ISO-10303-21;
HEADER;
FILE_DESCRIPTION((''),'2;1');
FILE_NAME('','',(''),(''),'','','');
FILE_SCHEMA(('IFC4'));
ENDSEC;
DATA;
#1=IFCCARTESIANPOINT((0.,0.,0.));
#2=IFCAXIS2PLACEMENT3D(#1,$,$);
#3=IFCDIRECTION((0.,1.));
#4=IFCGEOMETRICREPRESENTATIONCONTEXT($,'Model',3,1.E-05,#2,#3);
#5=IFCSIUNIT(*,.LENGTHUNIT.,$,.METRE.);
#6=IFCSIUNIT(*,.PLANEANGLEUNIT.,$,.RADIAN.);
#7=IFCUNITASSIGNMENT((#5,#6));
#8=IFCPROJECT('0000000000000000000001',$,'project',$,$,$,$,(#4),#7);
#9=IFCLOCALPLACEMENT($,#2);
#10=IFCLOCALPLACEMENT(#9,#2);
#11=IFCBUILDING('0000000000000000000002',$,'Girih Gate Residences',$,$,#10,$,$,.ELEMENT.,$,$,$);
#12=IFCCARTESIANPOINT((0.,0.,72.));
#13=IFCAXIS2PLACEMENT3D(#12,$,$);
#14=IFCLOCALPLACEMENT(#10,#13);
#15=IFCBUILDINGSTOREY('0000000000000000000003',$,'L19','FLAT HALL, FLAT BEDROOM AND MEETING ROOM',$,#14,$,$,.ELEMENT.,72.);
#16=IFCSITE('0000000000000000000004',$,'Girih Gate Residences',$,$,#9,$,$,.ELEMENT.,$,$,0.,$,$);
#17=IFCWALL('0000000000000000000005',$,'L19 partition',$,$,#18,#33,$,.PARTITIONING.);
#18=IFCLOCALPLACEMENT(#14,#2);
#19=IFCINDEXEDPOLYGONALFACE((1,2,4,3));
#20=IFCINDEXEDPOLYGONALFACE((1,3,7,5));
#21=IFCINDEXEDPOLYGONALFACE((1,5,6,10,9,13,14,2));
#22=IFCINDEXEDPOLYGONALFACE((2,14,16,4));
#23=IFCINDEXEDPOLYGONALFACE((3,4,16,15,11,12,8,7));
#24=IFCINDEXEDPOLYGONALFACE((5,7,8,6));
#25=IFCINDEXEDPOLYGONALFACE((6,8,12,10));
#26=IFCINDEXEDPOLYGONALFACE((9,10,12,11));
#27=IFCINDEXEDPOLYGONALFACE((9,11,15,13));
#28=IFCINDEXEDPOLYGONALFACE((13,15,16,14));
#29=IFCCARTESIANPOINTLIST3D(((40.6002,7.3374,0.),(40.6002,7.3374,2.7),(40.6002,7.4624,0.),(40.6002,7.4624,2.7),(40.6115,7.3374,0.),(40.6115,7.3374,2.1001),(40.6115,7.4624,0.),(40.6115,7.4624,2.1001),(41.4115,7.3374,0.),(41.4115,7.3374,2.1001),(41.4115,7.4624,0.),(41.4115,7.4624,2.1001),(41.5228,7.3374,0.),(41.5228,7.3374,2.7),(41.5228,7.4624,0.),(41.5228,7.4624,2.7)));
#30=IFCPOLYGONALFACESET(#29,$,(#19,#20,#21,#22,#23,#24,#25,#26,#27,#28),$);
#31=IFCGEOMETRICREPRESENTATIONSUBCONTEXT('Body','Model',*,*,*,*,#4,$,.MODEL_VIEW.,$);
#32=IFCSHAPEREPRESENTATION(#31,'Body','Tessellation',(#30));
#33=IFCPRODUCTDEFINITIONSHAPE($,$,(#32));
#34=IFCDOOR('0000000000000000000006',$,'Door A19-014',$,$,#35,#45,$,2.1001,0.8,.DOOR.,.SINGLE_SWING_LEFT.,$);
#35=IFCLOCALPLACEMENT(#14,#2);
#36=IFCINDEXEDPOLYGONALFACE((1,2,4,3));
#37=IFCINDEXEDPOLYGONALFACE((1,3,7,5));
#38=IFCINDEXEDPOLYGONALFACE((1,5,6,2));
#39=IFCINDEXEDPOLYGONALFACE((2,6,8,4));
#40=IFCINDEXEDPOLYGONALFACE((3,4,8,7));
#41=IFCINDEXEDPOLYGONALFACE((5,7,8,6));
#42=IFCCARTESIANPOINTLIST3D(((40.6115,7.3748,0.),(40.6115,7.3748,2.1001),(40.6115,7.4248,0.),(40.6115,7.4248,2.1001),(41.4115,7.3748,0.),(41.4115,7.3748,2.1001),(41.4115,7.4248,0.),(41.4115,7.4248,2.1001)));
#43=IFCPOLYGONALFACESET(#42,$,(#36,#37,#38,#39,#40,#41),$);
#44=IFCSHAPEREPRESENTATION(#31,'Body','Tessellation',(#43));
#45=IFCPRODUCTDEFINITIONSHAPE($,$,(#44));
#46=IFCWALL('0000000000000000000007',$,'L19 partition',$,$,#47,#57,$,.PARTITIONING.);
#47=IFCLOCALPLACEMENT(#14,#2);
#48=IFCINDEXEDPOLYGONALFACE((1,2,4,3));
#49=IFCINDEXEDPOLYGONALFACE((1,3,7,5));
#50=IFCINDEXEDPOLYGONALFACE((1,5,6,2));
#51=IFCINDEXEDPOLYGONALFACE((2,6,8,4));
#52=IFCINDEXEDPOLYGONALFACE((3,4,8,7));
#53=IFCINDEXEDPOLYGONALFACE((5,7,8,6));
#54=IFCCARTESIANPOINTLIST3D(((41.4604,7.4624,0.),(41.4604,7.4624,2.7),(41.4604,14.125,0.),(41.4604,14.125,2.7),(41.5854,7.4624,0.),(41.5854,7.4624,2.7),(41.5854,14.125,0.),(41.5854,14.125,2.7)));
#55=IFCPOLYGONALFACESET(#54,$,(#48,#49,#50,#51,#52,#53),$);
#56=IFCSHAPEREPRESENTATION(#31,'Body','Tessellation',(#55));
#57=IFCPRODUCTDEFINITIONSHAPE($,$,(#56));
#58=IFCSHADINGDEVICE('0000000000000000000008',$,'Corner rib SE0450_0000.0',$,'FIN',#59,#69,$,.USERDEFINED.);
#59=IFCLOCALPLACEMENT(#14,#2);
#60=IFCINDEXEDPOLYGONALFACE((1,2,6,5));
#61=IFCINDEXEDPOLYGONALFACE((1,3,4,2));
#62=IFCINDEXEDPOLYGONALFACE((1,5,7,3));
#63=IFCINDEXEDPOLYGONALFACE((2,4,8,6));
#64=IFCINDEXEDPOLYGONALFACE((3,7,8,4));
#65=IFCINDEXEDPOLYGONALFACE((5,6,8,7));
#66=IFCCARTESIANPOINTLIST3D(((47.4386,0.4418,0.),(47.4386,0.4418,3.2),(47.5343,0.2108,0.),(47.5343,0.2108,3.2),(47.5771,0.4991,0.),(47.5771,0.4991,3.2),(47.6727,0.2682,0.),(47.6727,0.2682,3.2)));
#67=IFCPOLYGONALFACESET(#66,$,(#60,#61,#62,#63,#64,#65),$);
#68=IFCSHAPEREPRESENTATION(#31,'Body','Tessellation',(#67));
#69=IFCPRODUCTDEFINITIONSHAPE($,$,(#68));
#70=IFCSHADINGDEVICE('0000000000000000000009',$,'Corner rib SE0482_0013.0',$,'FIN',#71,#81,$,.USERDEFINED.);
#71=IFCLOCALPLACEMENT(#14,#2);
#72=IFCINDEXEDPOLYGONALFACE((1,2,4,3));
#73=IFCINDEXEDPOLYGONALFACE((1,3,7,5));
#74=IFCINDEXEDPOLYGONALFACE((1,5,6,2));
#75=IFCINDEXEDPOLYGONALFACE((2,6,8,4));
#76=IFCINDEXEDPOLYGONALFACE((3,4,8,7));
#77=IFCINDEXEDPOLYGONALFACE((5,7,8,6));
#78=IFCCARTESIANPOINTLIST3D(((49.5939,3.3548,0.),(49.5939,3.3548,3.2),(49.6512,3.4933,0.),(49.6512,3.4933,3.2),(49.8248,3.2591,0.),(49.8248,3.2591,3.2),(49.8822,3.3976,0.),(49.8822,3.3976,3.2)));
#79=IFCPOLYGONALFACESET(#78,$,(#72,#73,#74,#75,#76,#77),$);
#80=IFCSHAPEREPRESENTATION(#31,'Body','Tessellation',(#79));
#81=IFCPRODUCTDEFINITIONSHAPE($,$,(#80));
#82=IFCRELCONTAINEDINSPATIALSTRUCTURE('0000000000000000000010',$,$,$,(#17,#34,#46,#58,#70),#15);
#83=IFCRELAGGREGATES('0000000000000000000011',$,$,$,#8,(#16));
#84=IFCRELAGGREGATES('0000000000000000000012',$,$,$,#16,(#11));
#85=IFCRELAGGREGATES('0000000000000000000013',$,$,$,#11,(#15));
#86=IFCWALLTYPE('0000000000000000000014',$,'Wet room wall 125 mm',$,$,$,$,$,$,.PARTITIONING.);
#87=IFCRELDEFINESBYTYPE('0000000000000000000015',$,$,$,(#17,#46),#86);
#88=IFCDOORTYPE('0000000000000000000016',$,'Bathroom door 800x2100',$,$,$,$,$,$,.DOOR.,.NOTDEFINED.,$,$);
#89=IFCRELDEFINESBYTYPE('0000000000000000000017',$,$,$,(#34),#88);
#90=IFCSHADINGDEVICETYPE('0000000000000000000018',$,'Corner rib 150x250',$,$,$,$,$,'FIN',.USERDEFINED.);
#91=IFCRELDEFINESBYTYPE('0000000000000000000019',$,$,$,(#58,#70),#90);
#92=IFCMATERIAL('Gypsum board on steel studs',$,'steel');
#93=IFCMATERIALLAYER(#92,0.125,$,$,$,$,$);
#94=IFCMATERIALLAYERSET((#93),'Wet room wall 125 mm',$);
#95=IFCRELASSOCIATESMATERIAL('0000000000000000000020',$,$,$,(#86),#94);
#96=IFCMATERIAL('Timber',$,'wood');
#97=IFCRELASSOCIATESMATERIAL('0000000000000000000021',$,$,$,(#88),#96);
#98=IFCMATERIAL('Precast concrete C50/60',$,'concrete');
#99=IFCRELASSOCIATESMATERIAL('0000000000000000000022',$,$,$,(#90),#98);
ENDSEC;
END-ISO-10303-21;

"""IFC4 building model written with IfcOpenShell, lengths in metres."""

from ifc_helpers import new_model, si_unit, direction, frame, frame_2d, origin, origin_2d, place, context, subcontext, project, spatial, rectangle, extrude, material, layer, layer_set, type_object, element, fill, save


model = new_model("IFC4")

# Units and contexts
model_context = context("Model", 3, precision=1e-05, world=origin(), true_north=direction((0.0, 1.0)))
body_context = subcontext(model_context, "Body", "Model", "MODEL_VIEW")
ifc_project = project(units=[si_unit("LENGTHUNIT", "METRE"), si_unit("PLANEANGLEUNIT", "RADIAN")], contexts=[model_context])

# Site, building, storey
site_placement = place(None, origin())
site = spatial("IfcSite", under=ifc_project, at=site_placement, Name="Girih Gate Residences", CompositionType="ELEMENT", RefElevation=0.0)
building_placement = place(site_placement, origin())
building = spatial("IfcBuilding", under=site, at=building_placement, Name="Girih Gate Residences", CompositionType="ELEMENT")
storey_placement = place(building_placement, frame((0.0, 0.0, 72.0)))
storey = spatial("IfcBuildingStorey", under=building, at=storey_placement, Name="L19", Description="FLAT HALL, FLAT BEDROOM AND MEETING ROOM", CompositionType="ELEMENT", Elevation=72.0)

# Shared definitions
ifc_material_1 = material(Name="Gypsum board on steel studs", Category="steel")
ifc_material_2 = material(Name="Timber", Category="wood")

# Shared definitions
ifc_material_3 = material(Name="Precast concrete C50/60", Category="concrete")

# Wall, opening, door
ifc_layer_1 = layer(ifc_material_1, 0.125)
ifc_layer_set_1 = layer_set([ifc_layer_1], Name="Wet room wall 125 mm")
wall_type_1 = type_object("IfcWallType", Name="Wet room wall 125 mm", PredefinedType="PARTITIONING", material=ifc_layer_set_1)
wall_1_placement = place(storey_placement, frame((40.6001, 7.3999, 0.0), z_axis=(0.0, 0.0, 1.0), x_axis=(1.0, 0.0, 0.0)))
wall_1 = element("IfcWall", 1, at=wall_1_placement, inside=storey, type_object=wall_type_1, Name="L19 partition", PredefinedType="PARTITIONING", context=body_context, shape_type="SweptSolid", body=[
    extrude(rectangle(XDim=0.9226, YDim=0.125, at=frame_2d((0.4614, 0.0))), origin(), (0.0, 0.0, 1.0), 2.7),
])
opening_1_placement = place(wall_1_placement, frame((0.0115, 0.0, 0.0)))
opening_1 = element("IfcOpeningElement", 2, at=opening_1_placement, cuts=wall_1, PredefinedType="OPENING", context=body_context, shape_type="SweptSolid", body=[
    extrude(rectangle(XDim=0.8, YDim=2.1001, at=frame_2d((0.3999, 1.05))), frame((0.0, 0.0725, 0.0), z_axis=(0.0, -1.0, 0.0), x_axis=(1.0, 0.0, 0.0)), (0.0, 0.0, 1.0), 0.145),
])
door_type_1 = type_object("IfcDoorType", Name="Bathroom door 800x2100", OperationType="NOTDEFINED", PredefinedType="DOOR", material=ifc_material_2)
door_1_placement = place(opening_1_placement, origin())
door_1 = element("IfcDoor", 3, at=door_1_placement, inside=storey, type_object=door_type_1, Name="Door A19-014", OperationType="SINGLE_SWING_LEFT", OverallHeight=2.1001, OverallWidth=0.8, PredefinedType="DOOR", context=body_context, shape_type="SweptSolid", body=[
    extrude(rectangle(XDim=0.8, YDim=2.1001, at=frame_2d((0.3999, 1.05))), frame((0.0, 0.0249, 0.0), z_axis=(0.0, -1.0, 0.0), x_axis=(1.0, 0.0, 0.0)), (0.0, 0.0, 1.0), 0.05),
])
fill(opening_1, door_1)

# Wall
wall_2_placement = place(storey_placement, frame((41.5229, 7.4624, 0.0), z_axis=(0.0, 0.0, 1.0), x_axis=(0.0, 1.0, 0.0)))
element("IfcWall", 4, at=wall_2_placement, inside=storey, type_object=wall_type_1, Name="L19 partition", PredefinedType="PARTITIONING", context=body_context, shape_type="SweptSolid", body=[
    extrude(rectangle(XDim=6.6626, YDim=0.125, at=frame_2d((3.3313, 0.0))), origin(), (0.0, 0.0, 1.0), 2.7),
])

# Shading devices
shading_device_type = type_object("IfcShadingDeviceType", Name="Corner rib 150x250", ElementType="FIN", PredefinedType="USERDEFINED", material=ifc_material_3)
for number, where, z_axis, x_axis, name in (
    (5, (47.5557, 0.355, 0.0), (0.0, 0.0, 1.0), (0.92388, 0.382683, 0.0), "Corner rib SE0450_0000.0"),
    (6, (49.738, 3.3762, 0.0), (0.0, 0.0, 1.0), (0.382683, 0.92388, 0.0), "Corner rib SE0482_0013.0"),
):
    element("IfcShadingDevice", number, at=place(storey_placement, frame(where, z_axis=z_axis, x_axis=x_axis)), inside=storey, type_object=shading_device_type, Name=name, ObjectType="FIN", PredefinedType="USERDEFINED", context=body_context, shape_type="SweptSolid", body=[
        extrude(rectangle(XDim=0.1499, YDim=0.25, at=origin_2d()), origin(), (0.0, 0.0, 1.0), 3.2),
    ])

save(model, "model.ifc")
